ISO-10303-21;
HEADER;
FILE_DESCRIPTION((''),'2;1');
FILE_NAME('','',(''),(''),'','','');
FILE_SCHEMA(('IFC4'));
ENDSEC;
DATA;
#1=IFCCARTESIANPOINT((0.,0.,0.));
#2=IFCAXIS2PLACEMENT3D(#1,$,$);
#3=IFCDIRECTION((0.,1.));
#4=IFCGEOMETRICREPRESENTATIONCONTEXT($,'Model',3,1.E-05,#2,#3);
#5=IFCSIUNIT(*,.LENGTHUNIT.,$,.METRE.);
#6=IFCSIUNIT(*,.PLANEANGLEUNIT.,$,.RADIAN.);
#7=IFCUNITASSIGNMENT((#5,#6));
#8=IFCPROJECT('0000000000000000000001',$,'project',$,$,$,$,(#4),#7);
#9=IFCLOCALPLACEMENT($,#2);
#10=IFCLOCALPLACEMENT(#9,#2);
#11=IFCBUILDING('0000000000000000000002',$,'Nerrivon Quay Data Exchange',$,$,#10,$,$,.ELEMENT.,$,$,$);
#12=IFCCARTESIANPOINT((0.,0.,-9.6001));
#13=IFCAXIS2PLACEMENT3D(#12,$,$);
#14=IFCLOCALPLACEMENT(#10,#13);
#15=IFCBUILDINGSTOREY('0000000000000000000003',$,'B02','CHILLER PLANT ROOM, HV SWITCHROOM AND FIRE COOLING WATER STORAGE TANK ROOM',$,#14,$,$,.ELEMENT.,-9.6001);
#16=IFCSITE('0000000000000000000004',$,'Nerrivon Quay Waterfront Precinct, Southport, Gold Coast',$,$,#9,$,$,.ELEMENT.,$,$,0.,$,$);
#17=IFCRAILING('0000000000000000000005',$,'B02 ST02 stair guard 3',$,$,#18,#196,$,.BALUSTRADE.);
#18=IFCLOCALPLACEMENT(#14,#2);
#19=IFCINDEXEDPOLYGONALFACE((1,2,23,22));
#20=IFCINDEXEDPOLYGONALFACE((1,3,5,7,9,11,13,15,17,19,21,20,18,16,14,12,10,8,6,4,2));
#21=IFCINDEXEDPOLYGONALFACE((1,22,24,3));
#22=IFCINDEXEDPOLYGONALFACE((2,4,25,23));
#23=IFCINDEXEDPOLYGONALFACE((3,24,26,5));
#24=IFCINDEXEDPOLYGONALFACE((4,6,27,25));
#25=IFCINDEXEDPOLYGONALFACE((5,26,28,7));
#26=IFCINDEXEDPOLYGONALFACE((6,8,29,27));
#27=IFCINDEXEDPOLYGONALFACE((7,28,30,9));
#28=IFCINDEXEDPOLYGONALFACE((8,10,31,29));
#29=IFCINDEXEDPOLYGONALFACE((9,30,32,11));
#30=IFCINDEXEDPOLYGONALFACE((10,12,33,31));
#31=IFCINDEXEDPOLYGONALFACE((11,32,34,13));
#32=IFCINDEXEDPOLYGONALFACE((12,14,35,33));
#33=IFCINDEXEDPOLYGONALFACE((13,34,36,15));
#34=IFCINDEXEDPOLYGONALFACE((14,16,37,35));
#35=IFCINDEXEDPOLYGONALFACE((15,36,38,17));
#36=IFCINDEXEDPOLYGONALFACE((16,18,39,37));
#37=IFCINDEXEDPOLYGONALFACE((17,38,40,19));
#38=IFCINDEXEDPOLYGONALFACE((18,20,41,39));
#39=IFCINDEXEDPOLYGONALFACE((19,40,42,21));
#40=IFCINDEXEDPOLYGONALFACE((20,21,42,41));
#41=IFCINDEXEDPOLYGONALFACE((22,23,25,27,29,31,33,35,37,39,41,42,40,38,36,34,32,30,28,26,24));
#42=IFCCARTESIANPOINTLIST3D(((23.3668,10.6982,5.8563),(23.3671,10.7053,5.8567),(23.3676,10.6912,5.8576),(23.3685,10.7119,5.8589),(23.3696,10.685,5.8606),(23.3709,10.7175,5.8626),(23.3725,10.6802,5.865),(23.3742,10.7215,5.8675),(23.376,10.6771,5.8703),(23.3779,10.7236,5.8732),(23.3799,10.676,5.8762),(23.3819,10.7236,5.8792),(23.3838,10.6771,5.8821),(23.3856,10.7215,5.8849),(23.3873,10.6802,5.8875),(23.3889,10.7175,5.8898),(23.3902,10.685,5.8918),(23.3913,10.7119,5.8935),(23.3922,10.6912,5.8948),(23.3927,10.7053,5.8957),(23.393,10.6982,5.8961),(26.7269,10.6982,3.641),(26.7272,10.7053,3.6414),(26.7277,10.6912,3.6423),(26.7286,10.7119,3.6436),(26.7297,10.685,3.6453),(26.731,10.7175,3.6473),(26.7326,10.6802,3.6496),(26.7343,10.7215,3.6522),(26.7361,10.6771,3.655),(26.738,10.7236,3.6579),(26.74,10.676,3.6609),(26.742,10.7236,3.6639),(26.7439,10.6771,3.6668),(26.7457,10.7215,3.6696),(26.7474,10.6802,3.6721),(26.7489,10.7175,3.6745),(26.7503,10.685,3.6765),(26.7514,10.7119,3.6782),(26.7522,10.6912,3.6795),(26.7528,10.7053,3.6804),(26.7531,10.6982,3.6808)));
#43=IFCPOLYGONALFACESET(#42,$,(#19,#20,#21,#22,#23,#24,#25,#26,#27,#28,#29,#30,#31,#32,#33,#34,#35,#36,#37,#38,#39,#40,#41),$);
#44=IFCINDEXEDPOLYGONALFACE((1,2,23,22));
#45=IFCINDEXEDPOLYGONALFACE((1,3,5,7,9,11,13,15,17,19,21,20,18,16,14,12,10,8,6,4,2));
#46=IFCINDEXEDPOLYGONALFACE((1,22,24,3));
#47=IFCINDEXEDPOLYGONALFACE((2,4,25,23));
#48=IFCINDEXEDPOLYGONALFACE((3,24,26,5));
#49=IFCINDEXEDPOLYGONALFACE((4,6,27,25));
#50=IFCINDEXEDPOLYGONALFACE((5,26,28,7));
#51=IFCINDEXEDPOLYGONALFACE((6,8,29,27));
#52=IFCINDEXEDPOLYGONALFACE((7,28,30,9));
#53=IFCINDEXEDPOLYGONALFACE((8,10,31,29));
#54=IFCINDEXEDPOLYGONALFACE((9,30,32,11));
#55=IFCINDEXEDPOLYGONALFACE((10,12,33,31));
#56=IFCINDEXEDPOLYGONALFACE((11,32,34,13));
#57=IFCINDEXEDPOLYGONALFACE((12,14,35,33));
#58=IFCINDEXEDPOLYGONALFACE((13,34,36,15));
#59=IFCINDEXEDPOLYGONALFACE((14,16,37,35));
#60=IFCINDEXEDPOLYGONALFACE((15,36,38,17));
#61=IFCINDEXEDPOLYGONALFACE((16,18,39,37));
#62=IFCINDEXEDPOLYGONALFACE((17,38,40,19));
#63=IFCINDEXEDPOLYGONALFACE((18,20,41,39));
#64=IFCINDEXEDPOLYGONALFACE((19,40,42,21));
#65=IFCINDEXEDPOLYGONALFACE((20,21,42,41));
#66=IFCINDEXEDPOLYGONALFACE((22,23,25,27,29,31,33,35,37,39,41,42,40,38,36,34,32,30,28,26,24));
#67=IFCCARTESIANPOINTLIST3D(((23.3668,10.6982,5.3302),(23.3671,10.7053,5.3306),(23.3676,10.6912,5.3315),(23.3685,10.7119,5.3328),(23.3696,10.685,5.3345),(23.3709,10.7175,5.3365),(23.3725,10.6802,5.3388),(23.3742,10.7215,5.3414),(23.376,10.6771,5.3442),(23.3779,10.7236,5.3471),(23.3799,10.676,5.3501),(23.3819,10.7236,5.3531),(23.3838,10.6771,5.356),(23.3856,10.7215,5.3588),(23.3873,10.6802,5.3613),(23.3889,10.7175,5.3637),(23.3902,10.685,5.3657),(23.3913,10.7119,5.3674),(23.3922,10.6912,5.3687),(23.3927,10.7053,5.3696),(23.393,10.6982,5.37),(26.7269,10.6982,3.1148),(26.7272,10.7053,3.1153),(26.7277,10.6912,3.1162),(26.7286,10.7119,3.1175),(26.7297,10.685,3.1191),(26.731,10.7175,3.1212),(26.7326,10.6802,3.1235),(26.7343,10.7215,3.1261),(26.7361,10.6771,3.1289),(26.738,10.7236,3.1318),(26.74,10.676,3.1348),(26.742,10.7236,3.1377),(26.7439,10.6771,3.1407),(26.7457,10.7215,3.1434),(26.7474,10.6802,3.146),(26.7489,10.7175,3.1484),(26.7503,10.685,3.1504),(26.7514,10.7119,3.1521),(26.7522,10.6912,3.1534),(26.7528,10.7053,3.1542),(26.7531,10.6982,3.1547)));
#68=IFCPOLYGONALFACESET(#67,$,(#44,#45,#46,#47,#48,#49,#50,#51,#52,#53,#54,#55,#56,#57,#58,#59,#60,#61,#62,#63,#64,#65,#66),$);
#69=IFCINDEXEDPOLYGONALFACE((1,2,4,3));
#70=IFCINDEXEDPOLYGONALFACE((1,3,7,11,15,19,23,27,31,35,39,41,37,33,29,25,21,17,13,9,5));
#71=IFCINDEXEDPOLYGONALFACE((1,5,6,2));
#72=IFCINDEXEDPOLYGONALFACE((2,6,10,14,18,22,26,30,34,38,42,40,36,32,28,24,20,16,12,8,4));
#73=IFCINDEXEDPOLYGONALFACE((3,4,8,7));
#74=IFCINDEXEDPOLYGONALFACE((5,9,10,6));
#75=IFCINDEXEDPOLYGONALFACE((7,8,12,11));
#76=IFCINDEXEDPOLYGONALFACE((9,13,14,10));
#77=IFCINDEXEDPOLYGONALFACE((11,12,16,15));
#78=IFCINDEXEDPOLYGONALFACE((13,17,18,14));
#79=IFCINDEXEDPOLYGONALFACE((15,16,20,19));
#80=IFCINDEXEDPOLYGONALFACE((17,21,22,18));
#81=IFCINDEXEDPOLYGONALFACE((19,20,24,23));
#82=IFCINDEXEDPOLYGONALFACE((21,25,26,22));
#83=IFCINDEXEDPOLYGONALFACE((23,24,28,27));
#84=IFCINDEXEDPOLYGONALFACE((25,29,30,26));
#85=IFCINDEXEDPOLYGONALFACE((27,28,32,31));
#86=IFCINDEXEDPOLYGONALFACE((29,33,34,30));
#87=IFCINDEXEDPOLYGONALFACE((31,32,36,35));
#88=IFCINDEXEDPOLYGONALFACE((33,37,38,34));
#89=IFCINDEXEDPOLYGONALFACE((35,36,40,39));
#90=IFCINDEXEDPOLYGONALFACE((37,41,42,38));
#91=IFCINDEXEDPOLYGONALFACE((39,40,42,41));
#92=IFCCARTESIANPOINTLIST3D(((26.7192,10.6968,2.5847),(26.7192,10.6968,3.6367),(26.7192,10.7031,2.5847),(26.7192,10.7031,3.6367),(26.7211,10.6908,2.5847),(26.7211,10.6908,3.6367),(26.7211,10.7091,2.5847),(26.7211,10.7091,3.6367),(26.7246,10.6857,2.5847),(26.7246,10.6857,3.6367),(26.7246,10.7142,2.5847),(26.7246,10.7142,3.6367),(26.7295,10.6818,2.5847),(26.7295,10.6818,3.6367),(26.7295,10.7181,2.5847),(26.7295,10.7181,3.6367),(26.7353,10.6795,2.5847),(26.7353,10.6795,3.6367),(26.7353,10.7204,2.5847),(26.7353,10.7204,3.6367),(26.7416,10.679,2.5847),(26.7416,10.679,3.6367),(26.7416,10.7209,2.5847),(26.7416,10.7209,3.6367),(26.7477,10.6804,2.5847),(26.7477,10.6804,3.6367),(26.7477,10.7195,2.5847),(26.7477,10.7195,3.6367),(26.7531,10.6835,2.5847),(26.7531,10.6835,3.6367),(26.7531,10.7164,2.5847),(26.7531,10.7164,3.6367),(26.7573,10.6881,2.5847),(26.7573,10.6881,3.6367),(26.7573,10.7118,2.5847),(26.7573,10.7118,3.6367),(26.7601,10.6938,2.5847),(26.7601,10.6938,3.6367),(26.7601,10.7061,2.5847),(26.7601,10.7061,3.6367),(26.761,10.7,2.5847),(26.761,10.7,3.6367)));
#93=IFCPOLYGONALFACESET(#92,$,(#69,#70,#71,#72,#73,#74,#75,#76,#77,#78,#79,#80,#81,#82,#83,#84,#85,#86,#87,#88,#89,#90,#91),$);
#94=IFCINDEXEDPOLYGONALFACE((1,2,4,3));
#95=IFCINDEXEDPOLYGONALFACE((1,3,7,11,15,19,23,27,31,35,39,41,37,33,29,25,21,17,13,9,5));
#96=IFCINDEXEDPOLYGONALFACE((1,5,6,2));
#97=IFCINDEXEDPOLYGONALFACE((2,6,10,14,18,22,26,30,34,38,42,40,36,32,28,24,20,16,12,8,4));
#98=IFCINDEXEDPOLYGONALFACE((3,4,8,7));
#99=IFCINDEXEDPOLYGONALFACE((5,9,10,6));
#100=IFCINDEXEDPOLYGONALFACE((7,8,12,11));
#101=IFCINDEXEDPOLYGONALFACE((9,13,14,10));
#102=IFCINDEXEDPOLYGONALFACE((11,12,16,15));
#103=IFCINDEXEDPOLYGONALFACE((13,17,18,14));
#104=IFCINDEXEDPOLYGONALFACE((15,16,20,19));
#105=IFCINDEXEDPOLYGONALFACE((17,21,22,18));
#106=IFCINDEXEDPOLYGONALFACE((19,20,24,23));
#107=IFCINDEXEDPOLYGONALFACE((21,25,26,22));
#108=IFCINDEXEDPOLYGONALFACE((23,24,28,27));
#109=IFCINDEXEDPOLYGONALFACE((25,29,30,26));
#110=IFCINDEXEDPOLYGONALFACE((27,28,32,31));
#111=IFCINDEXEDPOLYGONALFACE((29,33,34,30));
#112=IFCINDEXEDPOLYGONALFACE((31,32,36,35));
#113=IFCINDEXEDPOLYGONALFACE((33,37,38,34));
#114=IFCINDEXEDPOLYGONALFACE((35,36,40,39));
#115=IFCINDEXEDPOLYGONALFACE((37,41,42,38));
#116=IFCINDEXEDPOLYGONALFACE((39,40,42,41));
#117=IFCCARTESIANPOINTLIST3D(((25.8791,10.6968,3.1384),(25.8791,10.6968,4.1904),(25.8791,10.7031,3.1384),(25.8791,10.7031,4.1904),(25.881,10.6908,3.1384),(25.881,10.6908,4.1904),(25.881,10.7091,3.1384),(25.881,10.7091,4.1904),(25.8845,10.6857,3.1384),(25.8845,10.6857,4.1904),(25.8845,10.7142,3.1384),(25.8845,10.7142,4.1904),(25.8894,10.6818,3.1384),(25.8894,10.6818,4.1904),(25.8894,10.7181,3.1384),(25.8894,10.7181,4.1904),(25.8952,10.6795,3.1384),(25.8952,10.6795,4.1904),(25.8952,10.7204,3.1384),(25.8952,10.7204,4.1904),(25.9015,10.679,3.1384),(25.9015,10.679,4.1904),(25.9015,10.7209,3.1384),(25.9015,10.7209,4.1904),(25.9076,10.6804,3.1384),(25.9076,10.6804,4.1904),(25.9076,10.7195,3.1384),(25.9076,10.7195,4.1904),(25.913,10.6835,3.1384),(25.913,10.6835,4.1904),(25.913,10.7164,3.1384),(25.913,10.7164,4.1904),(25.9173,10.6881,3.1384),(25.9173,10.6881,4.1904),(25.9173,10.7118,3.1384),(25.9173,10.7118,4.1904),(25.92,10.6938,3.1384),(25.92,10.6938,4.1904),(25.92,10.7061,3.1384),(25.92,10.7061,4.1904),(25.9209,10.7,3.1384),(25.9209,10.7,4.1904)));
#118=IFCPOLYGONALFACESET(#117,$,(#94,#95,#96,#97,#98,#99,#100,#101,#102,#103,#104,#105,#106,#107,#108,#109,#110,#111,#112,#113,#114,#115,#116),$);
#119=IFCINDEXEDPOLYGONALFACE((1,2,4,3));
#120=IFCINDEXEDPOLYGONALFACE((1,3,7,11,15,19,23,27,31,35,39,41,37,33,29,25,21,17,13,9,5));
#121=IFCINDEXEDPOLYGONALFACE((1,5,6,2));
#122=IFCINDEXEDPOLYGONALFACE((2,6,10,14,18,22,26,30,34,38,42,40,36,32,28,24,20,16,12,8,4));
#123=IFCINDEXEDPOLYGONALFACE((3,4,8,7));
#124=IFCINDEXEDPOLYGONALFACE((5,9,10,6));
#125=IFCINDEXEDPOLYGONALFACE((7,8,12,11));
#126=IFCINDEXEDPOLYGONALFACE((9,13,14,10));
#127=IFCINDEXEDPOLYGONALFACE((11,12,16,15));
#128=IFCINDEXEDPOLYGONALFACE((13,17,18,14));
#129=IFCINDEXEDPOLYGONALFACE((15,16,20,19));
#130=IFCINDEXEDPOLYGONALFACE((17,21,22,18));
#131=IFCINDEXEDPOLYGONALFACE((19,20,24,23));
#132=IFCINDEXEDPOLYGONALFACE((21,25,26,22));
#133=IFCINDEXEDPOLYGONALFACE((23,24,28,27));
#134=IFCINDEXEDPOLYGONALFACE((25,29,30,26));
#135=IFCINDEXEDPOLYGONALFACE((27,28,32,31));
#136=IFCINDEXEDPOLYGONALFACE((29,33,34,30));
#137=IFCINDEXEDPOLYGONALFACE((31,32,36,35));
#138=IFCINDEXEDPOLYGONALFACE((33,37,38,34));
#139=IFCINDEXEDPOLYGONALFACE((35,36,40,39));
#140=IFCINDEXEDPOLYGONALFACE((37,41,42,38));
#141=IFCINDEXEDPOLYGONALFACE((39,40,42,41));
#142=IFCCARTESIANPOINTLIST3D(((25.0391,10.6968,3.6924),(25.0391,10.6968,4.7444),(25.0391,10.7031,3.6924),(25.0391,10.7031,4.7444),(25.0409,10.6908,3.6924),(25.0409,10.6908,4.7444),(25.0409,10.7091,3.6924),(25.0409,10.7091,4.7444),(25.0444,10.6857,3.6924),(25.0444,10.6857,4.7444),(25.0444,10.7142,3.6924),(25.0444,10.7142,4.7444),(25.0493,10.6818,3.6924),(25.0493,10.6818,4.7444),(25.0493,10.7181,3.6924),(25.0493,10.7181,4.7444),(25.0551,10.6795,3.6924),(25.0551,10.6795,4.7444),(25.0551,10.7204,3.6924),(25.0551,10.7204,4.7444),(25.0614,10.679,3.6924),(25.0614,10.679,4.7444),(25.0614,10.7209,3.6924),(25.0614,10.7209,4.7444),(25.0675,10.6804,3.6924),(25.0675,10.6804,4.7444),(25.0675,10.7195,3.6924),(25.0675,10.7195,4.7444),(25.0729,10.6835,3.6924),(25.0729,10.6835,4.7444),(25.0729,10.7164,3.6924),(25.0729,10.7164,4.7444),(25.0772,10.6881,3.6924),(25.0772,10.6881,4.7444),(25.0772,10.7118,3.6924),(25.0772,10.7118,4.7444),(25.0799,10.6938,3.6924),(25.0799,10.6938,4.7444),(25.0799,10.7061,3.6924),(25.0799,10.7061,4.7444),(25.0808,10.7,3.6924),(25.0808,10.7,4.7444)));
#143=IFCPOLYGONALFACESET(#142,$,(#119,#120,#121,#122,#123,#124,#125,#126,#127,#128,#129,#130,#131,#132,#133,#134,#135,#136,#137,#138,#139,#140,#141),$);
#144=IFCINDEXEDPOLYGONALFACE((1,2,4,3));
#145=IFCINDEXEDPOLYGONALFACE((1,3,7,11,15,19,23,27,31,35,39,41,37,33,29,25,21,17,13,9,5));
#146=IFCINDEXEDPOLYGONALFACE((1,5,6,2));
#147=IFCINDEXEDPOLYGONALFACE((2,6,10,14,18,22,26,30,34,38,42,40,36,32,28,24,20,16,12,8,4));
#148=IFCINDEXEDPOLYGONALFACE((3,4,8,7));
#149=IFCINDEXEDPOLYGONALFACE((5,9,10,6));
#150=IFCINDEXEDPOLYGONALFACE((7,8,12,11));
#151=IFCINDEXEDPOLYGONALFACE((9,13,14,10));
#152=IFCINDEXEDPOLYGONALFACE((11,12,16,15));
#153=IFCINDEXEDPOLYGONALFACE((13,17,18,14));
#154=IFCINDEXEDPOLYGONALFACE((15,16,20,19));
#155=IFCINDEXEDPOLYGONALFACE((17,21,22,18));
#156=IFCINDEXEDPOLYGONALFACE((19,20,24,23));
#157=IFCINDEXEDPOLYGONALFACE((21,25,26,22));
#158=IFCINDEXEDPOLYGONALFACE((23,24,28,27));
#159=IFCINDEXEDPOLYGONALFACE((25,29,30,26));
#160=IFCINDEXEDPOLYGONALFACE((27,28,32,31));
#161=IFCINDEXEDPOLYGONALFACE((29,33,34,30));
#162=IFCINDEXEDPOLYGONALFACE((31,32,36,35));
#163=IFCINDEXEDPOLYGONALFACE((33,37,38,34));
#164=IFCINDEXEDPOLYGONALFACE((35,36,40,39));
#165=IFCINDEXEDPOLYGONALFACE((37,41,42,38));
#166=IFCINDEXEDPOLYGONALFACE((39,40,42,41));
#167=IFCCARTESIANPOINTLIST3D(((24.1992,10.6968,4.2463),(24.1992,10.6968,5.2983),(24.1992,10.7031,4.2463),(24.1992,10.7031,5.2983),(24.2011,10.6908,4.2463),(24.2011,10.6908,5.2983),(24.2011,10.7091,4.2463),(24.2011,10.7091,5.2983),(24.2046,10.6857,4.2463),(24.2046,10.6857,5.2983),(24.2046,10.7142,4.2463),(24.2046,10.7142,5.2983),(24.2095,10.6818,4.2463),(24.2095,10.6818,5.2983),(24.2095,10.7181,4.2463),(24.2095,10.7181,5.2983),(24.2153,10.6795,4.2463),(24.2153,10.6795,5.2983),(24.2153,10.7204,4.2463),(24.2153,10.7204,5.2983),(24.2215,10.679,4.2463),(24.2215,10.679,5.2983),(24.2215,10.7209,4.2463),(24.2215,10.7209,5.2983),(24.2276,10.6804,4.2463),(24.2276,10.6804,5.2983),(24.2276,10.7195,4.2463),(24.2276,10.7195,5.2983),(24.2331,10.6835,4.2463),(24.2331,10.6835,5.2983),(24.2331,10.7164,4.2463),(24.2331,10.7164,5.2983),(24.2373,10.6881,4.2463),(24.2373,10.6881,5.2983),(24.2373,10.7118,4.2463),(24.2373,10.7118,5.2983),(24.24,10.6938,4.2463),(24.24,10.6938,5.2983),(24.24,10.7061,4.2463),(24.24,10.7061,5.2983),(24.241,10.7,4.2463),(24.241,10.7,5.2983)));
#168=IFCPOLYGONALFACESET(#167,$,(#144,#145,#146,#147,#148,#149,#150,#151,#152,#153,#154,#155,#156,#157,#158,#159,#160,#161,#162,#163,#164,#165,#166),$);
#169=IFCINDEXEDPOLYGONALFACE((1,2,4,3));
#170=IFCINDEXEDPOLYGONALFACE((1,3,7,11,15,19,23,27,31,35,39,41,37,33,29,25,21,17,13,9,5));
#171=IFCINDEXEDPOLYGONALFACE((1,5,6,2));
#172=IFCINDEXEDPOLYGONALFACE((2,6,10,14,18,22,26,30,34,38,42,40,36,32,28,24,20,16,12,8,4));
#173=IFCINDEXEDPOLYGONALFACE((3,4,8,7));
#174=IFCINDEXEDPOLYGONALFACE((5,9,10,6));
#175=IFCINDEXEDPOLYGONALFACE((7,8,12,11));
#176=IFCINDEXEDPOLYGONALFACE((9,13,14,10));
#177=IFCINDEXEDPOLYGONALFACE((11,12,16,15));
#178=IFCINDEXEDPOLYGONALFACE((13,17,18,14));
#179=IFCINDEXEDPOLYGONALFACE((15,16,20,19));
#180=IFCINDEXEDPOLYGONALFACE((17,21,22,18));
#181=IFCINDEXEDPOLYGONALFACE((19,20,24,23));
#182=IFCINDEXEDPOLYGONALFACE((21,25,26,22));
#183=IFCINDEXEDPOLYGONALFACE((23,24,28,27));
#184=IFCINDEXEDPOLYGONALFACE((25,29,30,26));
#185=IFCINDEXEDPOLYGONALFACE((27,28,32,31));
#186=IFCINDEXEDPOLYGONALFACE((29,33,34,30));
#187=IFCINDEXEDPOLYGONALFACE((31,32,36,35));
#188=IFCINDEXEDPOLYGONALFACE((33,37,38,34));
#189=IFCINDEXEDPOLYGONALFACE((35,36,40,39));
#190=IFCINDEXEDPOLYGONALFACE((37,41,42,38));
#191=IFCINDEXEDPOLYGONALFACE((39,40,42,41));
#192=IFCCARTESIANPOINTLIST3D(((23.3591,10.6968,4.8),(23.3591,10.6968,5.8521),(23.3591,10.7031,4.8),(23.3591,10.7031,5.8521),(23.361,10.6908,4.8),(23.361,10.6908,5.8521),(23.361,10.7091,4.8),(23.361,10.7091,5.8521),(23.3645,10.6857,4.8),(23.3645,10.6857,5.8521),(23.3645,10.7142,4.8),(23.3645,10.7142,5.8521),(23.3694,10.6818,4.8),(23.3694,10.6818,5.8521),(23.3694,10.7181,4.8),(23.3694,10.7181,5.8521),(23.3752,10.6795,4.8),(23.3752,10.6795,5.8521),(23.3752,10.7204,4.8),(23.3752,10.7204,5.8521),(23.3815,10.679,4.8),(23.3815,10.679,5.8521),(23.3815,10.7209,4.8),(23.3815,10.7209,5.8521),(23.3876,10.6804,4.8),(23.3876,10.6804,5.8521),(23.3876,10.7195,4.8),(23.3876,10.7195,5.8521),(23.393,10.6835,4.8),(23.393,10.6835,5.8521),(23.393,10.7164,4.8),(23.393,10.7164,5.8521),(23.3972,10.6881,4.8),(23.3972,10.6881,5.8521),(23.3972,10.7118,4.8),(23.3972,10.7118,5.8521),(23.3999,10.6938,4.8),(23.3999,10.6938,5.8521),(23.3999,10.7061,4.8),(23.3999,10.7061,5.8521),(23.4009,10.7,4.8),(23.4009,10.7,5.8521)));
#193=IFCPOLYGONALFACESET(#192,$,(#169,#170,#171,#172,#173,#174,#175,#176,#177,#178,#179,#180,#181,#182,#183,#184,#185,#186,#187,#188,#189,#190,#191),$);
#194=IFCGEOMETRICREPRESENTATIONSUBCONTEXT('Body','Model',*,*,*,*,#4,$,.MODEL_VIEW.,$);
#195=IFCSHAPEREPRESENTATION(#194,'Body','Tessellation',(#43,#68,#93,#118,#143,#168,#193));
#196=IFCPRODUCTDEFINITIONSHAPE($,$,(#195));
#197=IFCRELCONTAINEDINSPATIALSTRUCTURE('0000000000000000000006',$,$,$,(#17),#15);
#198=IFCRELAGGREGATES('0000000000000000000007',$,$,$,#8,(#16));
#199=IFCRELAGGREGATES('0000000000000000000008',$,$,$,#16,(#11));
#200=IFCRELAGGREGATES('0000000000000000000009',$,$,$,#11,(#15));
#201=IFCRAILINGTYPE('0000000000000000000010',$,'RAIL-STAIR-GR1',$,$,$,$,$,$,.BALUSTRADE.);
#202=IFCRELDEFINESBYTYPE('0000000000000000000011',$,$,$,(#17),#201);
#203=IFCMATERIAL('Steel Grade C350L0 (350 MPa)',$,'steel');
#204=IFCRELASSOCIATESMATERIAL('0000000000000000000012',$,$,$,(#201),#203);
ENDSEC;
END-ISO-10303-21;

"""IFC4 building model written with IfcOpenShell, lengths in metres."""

from ifc_helpers import new_model, si_unit, direction, frame, origin, origin_2d, place, context, subcontext, project, spatial, circle, extrude, material, type_object, element, save


model = new_model("IFC4")

# Units and contexts
model_context = context("Model", 3, precision=1e-05, world=origin(), true_north=direction((0.0, 1.0)))
body_context = subcontext(model_context, "Body", "Model", "MODEL_VIEW")
ifc_project = project(units=[si_unit("LENGTHUNIT", "METRE"), si_unit("PLANEANGLEUNIT", "RADIAN")], contexts=[model_context])

# Site, building, storey
site_placement = place(None, origin())
site = spatial("IfcSite", under=ifc_project, at=site_placement, Name="Nerrivon Quay Waterfront Precinct, Southport, Gold Coast", CompositionType="ELEMENT", RefElevation=0.0)
building_placement = place(site_placement, origin())
building = spatial("IfcBuilding", under=site, at=building_placement, Name="Nerrivon Quay Data Exchange", CompositionType="ELEMENT")
storey_placement = place(building_placement, frame((0.0, 0.0, -9.6001)))
storey = spatial("IfcBuildingStorey", under=building, at=storey_placement, Name="B02", Description="CHILLER PLANT ROOM, HV SWITCHROOM AND FIRE COOLING WATER STORAGE TANK ROOM", CompositionType="ELEMENT", Elevation=-9.6001)

# Railing
ifc_material_1 = material(Name="Steel Grade C350L0 (350 MPa)", Category="steel")
railing_type_1 = type_object("IfcRailingType", Name="RAIL-STAIR-GR1", PredefinedType="BALUSTRADE", material=ifc_material_1)
railing_1_placement = place(storey_placement, frame((26.74, 10.7, 2.5847)))
element("IfcRailing", 1, at=railing_1_placement, inside=storey, type_object=railing_type_1, Name="B02 ST02 stair guard 3", PredefinedType="BALUSTRADE", context=body_context, shape_type="SweptSolid", body=[
    extrude(circle(Radius=0.0239, at=origin_2d()), frame((0.0, 0.0, 1.0762), z_axis=(-0.834876, 0.0, 0.550437), x_axis=(0.0, -1.0, 0.0)), (0.0, 0.0, 1.0), 4.0247),
    extrude(circle(Radius=0.0239, at=origin_2d()), frame((0.0, 0.0, 0.55), z_axis=(-0.834876, 0.0, 0.550437), x_axis=(0.0, -1.0, 0.0)), (0.0, 0.0, 1.0), 4.0247),
    extrude(circle(Radius=0.021, at=origin_2d()), origin(), (0.0, 0.0, 1.0), 1.052),
    extrude(circle(Radius=0.021, at=origin_2d()), frame((-0.8401, 0.0, 0.5537)), (0.0, 0.0, 1.0), 1.052),
    extrude(circle(Radius=0.021, at=origin_2d()), frame((-1.6802, 0.0, 1.1077)), (0.0, 0.0, 1.0), 1.052),
    extrude(circle(Radius=0.021, at=origin_2d()), frame((-2.52, 0.0, 1.6616)), (0.0, 0.0, 1.0), 1.052),
    extrude(circle(Radius=0.021, at=origin_2d()), frame((-3.3601, 0.0, 2.2153)), (0.0, 0.0, 1.0), 1.052),
])

save(model, "model.ifc")
